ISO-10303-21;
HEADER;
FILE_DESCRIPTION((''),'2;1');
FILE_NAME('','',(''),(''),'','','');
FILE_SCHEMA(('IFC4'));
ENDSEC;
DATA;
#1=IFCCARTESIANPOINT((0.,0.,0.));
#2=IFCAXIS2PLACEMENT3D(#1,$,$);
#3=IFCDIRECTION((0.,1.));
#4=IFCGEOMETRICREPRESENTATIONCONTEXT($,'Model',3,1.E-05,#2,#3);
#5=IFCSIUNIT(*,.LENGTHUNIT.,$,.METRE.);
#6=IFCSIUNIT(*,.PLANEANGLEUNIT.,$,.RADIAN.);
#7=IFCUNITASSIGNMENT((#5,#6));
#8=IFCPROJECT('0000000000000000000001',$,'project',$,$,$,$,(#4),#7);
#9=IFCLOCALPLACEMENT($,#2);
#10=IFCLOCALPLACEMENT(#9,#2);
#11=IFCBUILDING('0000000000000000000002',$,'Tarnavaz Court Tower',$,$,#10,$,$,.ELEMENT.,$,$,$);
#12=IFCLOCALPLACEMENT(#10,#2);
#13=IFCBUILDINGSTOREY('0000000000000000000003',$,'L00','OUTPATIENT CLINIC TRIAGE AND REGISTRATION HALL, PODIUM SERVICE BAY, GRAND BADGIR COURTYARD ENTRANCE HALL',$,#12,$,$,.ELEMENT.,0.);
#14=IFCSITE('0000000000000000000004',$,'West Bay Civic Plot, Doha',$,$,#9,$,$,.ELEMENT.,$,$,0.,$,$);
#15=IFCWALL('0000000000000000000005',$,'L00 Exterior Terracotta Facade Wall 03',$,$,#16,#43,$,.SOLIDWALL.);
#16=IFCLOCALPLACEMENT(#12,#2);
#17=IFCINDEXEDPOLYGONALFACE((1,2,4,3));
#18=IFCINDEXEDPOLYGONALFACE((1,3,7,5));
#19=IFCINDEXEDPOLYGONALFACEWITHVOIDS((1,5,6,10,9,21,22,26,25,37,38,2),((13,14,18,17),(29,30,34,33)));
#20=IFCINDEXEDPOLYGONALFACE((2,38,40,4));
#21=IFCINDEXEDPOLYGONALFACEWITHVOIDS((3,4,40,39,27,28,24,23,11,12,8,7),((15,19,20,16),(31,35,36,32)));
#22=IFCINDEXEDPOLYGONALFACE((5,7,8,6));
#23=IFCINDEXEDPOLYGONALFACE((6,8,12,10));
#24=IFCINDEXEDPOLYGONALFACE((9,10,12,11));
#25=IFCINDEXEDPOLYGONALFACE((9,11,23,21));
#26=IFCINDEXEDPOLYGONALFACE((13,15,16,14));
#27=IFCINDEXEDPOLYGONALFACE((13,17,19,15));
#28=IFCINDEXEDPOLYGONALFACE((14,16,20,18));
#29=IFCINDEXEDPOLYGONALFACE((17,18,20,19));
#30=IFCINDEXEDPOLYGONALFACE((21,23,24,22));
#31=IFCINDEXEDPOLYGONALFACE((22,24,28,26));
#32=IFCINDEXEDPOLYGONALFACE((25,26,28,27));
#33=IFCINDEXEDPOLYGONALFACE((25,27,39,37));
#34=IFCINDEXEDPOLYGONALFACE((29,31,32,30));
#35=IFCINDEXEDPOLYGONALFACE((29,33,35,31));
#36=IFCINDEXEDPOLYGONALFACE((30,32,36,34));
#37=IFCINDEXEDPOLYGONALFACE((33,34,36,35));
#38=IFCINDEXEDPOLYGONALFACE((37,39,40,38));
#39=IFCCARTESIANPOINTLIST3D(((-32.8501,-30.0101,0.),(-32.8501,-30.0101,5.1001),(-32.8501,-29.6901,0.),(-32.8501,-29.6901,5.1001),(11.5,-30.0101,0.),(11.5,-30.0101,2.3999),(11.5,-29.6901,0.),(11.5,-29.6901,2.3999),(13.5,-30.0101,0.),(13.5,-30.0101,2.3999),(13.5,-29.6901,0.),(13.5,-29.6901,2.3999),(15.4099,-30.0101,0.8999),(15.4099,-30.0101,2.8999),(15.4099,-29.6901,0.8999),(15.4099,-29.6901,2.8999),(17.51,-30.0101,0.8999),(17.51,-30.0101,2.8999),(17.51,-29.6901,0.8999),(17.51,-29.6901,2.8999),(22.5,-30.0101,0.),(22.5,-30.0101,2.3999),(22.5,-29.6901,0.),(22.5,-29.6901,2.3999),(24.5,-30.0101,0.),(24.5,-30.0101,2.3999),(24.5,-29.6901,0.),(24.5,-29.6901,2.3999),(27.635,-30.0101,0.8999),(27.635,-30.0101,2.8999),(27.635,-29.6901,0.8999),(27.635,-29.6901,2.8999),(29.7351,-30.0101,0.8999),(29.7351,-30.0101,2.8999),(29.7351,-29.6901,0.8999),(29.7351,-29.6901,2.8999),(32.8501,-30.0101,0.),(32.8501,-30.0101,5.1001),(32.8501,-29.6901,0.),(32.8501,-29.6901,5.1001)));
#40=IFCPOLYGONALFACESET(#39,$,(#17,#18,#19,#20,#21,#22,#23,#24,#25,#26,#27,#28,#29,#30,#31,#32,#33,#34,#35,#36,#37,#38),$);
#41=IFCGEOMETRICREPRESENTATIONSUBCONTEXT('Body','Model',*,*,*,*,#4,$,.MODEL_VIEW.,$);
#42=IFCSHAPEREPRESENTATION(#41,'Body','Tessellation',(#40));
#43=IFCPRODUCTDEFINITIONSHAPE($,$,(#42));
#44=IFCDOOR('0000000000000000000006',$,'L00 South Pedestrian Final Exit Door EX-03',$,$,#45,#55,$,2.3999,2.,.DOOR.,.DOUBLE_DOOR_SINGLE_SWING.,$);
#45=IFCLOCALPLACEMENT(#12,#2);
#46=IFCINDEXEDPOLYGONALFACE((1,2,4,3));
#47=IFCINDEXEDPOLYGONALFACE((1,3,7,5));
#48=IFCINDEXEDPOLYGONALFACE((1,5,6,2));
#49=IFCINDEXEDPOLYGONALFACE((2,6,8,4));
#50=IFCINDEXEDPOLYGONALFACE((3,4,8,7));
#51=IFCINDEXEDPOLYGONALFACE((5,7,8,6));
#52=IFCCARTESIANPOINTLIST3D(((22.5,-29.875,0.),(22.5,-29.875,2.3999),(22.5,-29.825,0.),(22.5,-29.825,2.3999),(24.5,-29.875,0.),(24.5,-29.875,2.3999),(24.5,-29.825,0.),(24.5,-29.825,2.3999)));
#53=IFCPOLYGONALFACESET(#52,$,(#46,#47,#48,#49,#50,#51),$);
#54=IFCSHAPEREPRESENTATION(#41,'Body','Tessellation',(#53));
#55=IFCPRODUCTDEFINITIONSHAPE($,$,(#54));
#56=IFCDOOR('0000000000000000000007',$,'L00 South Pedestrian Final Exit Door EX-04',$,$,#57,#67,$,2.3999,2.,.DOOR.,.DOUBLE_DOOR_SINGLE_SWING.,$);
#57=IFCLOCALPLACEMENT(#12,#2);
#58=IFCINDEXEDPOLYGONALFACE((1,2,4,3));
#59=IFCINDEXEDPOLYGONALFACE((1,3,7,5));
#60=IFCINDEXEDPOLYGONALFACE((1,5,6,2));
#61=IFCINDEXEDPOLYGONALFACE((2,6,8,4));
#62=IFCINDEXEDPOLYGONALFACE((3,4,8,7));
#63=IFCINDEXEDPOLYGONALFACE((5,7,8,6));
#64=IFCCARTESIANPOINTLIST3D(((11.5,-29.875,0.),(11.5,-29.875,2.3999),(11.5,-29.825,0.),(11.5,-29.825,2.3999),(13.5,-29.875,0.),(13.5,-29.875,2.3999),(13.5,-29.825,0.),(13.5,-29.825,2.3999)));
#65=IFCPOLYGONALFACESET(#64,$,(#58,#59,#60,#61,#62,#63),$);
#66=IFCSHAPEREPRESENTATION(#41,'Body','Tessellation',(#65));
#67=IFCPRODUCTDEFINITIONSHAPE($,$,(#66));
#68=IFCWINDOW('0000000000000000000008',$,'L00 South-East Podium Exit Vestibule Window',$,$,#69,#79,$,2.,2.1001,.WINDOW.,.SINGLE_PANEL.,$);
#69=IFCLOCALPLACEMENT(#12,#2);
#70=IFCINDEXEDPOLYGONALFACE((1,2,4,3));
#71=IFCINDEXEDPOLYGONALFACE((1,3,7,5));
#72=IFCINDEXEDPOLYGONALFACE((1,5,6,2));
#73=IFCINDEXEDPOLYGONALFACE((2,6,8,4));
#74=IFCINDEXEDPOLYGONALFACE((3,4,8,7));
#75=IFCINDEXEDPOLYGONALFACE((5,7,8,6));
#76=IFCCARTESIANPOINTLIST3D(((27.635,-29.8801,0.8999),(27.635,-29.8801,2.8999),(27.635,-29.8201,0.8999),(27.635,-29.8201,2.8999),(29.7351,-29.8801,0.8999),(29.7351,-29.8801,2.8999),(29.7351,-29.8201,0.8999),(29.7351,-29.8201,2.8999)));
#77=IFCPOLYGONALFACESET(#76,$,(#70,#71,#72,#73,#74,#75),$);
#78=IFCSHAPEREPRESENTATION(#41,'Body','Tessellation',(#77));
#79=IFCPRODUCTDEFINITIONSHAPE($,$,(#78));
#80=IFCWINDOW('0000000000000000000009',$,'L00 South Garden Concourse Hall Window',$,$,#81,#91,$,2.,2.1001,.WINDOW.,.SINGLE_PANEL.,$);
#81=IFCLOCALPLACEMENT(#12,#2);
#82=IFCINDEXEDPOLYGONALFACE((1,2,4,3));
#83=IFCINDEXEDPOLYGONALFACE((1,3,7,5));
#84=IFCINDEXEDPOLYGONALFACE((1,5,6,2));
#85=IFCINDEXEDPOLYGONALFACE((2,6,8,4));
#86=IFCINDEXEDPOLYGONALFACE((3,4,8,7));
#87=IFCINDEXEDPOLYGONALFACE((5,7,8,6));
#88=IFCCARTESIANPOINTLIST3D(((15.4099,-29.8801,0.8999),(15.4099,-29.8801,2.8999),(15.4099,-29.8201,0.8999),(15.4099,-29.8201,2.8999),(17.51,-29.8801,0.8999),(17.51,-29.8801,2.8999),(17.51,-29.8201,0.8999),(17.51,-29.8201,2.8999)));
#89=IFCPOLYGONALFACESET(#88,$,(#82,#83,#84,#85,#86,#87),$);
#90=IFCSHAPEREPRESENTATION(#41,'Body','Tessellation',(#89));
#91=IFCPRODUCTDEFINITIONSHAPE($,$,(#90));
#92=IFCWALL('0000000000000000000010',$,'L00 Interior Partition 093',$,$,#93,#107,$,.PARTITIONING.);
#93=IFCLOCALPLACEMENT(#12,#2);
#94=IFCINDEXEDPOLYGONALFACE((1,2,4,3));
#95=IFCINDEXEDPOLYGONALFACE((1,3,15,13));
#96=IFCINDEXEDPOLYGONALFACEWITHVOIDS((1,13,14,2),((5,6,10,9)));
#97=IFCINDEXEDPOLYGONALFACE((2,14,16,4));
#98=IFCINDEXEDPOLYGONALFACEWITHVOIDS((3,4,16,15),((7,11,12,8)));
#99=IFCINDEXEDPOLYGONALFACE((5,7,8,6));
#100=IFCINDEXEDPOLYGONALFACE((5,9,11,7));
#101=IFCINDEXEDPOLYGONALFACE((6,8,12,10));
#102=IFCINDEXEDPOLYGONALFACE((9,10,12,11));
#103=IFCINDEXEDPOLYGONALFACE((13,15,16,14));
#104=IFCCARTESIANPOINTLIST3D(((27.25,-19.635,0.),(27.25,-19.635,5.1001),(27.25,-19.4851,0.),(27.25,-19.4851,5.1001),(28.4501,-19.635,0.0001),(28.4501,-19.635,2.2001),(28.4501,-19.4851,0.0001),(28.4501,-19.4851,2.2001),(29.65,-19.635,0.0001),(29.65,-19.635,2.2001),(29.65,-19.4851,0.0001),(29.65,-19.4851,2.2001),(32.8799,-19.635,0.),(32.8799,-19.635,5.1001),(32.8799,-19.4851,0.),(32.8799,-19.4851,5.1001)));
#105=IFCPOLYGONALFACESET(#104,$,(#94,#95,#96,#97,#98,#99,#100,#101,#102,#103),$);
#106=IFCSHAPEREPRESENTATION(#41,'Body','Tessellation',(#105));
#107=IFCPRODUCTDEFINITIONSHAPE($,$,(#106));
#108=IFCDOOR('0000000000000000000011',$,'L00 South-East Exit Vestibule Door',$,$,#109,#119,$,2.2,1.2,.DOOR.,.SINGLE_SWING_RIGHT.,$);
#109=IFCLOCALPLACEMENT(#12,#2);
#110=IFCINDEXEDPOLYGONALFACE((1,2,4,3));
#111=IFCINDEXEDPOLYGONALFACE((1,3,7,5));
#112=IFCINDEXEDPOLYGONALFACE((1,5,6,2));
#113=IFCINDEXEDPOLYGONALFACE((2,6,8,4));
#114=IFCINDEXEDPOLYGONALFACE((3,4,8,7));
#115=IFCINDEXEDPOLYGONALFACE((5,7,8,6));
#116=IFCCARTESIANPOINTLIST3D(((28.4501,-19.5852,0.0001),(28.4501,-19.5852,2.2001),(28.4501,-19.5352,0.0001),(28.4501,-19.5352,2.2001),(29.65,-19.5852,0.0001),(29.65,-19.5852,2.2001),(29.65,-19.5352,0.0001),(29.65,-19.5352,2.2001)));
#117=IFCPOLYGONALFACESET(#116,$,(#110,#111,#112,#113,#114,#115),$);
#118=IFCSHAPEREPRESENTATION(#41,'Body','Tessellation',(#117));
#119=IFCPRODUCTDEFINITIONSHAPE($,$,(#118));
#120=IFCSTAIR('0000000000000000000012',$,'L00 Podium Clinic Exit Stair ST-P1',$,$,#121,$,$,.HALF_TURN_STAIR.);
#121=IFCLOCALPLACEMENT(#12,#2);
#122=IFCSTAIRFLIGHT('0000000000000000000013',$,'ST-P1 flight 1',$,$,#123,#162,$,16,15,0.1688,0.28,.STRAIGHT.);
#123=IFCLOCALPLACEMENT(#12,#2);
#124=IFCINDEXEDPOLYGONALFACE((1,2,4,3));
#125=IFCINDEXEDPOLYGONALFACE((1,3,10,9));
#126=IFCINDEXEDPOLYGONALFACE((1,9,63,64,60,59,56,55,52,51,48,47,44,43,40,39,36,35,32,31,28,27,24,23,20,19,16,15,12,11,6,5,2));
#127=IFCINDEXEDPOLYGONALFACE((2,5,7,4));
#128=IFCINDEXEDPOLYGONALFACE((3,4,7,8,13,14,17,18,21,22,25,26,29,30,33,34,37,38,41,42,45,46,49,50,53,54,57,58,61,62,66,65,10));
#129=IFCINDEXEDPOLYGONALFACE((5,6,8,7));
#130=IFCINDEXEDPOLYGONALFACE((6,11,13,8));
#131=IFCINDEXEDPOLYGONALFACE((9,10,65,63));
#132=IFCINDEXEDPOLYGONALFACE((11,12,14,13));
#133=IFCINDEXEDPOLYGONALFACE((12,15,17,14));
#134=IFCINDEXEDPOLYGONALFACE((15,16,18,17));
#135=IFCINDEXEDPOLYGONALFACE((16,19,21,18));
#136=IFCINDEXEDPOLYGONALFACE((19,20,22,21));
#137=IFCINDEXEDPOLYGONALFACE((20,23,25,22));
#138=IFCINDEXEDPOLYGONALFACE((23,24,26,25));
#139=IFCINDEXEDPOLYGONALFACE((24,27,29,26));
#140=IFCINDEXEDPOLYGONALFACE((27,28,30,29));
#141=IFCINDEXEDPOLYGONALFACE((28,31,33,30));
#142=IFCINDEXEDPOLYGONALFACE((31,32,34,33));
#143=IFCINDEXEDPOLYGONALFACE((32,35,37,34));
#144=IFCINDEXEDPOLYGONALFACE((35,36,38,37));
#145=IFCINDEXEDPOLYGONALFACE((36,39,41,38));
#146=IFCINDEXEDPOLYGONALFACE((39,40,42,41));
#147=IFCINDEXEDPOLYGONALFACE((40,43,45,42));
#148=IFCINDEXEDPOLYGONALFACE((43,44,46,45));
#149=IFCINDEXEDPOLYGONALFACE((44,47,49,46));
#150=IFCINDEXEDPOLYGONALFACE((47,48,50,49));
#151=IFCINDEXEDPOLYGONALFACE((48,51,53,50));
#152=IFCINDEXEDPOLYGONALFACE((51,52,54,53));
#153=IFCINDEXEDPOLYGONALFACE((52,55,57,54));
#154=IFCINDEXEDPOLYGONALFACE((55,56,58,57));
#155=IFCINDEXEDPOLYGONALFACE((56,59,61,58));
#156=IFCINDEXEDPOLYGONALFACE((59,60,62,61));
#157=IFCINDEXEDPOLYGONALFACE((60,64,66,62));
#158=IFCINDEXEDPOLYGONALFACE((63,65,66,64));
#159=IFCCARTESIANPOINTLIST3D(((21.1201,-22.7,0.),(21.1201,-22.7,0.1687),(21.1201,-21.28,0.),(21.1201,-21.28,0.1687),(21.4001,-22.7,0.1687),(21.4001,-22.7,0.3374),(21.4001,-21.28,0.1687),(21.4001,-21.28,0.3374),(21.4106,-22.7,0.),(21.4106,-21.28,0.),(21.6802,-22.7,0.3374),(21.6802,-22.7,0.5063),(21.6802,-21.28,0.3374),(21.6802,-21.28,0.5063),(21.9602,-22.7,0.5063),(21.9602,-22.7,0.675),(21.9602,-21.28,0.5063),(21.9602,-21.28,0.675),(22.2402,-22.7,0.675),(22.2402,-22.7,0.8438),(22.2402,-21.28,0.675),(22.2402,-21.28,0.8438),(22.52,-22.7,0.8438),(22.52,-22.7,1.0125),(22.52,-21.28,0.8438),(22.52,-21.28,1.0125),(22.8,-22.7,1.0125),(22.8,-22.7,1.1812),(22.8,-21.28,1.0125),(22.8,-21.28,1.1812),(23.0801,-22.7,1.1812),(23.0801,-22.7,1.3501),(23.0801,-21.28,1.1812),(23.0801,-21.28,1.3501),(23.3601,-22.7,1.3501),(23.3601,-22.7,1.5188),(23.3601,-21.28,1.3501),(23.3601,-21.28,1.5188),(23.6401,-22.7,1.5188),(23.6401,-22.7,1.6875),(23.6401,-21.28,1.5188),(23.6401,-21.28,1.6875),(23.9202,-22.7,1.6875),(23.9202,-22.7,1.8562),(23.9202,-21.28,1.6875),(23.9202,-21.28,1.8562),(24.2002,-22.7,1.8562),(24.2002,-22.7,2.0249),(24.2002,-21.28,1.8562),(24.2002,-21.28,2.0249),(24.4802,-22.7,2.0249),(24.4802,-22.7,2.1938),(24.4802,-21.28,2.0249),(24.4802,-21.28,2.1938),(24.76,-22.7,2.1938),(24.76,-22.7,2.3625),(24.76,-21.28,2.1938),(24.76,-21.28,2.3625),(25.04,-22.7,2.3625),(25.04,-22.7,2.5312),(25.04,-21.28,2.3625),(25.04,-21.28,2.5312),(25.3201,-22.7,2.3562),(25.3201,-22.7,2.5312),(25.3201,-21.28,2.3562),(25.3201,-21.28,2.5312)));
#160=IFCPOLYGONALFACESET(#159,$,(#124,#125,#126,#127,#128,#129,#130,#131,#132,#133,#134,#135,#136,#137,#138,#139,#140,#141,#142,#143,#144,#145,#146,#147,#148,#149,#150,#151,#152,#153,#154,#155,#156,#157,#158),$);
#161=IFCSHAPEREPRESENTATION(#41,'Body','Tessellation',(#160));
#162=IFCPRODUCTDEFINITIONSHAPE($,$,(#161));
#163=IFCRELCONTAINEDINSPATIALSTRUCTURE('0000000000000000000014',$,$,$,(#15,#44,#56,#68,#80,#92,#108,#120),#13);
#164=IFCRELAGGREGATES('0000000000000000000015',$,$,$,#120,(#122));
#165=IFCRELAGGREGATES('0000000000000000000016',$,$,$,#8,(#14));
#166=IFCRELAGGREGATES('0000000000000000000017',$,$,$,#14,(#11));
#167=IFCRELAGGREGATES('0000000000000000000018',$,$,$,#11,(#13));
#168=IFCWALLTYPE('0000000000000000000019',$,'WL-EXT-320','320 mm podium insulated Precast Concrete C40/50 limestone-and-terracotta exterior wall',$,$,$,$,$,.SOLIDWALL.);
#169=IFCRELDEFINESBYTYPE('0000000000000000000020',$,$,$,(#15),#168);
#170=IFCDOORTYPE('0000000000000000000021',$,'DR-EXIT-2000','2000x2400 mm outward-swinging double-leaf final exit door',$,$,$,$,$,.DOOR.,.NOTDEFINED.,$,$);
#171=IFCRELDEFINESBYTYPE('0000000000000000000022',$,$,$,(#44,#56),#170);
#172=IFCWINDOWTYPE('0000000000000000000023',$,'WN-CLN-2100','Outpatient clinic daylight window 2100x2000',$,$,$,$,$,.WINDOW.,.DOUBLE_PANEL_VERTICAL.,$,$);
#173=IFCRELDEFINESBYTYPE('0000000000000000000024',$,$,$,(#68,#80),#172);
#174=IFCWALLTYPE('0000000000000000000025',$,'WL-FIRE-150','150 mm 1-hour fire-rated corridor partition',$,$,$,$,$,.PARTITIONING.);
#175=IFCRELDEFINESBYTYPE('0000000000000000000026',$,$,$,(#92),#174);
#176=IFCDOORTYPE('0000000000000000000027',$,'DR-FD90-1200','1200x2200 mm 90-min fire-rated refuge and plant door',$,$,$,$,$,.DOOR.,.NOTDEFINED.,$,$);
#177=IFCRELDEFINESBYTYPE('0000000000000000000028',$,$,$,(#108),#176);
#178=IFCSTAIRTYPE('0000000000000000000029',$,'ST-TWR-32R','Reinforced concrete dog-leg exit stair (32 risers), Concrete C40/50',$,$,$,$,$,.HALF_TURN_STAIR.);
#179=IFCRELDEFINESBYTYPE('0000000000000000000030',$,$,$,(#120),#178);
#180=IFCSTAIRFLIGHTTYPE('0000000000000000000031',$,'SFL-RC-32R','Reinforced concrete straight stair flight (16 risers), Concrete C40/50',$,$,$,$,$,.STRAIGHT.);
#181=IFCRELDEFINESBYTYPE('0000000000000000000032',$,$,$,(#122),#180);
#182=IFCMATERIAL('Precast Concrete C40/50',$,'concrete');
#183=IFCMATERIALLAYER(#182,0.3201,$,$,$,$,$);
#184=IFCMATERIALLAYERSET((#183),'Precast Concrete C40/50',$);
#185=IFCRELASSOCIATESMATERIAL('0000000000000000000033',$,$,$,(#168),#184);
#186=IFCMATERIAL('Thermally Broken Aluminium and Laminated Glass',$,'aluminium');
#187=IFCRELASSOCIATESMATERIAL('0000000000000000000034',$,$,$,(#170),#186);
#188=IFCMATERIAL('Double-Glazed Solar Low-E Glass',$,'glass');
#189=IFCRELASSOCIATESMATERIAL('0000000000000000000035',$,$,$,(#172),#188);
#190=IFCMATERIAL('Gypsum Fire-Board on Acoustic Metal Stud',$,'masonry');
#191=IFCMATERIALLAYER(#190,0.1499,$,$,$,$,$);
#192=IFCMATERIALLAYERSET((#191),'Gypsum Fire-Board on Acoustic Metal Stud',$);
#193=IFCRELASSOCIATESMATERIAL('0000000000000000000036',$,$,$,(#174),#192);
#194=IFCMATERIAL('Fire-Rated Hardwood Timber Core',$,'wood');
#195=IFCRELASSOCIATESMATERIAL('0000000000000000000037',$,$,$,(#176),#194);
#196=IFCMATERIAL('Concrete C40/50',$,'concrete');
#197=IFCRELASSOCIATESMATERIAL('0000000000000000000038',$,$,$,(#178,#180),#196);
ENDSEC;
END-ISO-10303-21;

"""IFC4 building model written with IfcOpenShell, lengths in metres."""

from ifc_helpers import new_model, si_unit, direction, frame, frame_2d, origin, place, context, subcontext, project, spatial, polyline, rectangle, outline, extrude, material, layer, layer_set, type_object, element, fill, aggregate, save


model = new_model("IFC4")

# Units and contexts
model_context = context("Model", 3, precision=1e-05, world=origin(), true_north=direction((0.0, 1.0)))
body_context = subcontext(model_context, "Body", "Model", "MODEL_VIEW")
ifc_project = project(units=[si_unit("LENGTHUNIT", "METRE"), si_unit("PLANEANGLEUNIT", "RADIAN")], contexts=[model_context])

# Site, building, storey
site_placement = place(None, origin())
site = spatial("IfcSite", under=ifc_project, at=site_placement, Name="West Bay Civic Plot, Doha", CompositionType="ELEMENT", RefElevation=0.0)
building_placement = place(site_placement, origin())
building = spatial("IfcBuilding", under=site, at=building_placement, Name="Tarnavaz Court Tower", CompositionType="ELEMENT")
storey_placement = place(building_placement, origin())
storey = spatial("IfcBuildingStorey", under=building, at=storey_placement, Name="L00", Description="OUTPATIENT CLINIC TRIAGE AND REGISTRATION HALL, PODIUM SERVICE BAY, GRAND BADGIR COURTYARD ENTRANCE HALL", CompositionType="ELEMENT", Elevation=0.0)

# Wall, openings, doors, windows
ifc_material_1 = material(Name="Precast Concrete C40/50", Category="concrete")
ifc_layer_1 = layer(ifc_material_1, 0.3201)
ifc_layer_set_1 = layer_set([ifc_layer_1], Name="Precast Concrete C40/50")
wall_type_1 = type_object("IfcWallType", Name="WL-EXT-320", Description="320 mm podium insulated Precast Concrete C40/50 limestone-and-terracotta exterior wall", PredefinedType="SOLIDWALL", material=ifc_layer_set_1)
wall_1_placement = place(storey_placement, frame((32.8501, -29.8501, 0.0), z_axis=(0.0, 0.0, 1.0), x_axis=(-1.0, 0.0, 0.0)))
wall_1 = element("IfcWall", 1, at=wall_1_placement, inside=storey, type_object=wall_type_1, Name="L00 Exterior Terracotta Facade Wall 03", PredefinedType="SOLIDWALL", context=body_context, shape_type="SweptSolid", body=[
    extrude(rectangle(XDim=65.7002, YDim=0.3201, at=frame_2d((32.8501, 0.0))), origin(), (0.0, 0.0, 1.0), 5.1001),
])
opening_1_placement = place(wall_1_placement, frame((8.3501, 0.0, 0.0)))
opening_1 = element("IfcOpeningElement", 2, at=opening_1_placement, cuts=wall_1, PredefinedType="OPENING", context=body_context, shape_type="SweptSolid", body=[
    extrude(rectangle(XDim=2.0, YDim=2.3999, at=frame_2d((1.0, 1.2))), frame((0.0, 0.1699, 0.0), z_axis=(0.0, -1.0, 0.0), x_axis=(1.0, 0.0, 0.0)), (0.0, 0.0, 1.0), 0.3401),
])
opening_2_placement = place(wall_1_placement, frame((19.3501, 0.0, 0.0)))
opening_2 = element("IfcOpeningElement", 3, at=opening_2_placement, cuts=wall_1, PredefinedType="OPENING", context=body_context, shape_type="SweptSolid", body=[
    extrude(rectangle(XDim=2.0, YDim=2.3999, at=frame_2d((1.0, 1.2))), frame((0.0, 0.1699, 0.0), z_axis=(0.0, -1.0, 0.0), x_axis=(1.0, 0.0, 0.0)), (0.0, 0.0, 1.0), 0.3401),
])
opening_3_placement = place(wall_1_placement, frame((3.115, 0.0, 0.8999)))
opening_3 = element("IfcOpeningElement", 4, at=opening_3_placement, cuts=wall_1, PredefinedType="OPENING", context=body_context, shape_type="SweptSolid", body=[
    extrude(rectangle(XDim=2.1001, YDim=2.0, at=frame_2d((1.05, 1.0))), frame((0.0, 0.1699, 0.0), z_axis=(0.0, -1.0, 0.0), x_axis=(1.0, 0.0, 0.0)), (0.0, 0.0, 1.0), 0.3401),
])
opening_4_placement = place(wall_1_placement, frame((15.3401, 0.0, 0.8999)))
opening_4 = element("IfcOpeningElement", 5, at=opening_4_placement, cuts=wall_1, PredefinedType="OPENING", context=body_context, shape_type="SweptSolid", body=[
    extrude(rectangle(XDim=2.1001, YDim=2.0, at=frame_2d((1.05, 1.0))), frame((0.0, 0.1699, 0.0), z_axis=(0.0, -1.0, 0.0), x_axis=(1.0, 0.0, 0.0)), (0.0, 0.0, 1.0), 0.3401),
])
ifc_material_2 = material(Name="Thermally Broken Aluminium and Laminated Glass", Category="aluminium")
door_type_1 = type_object("IfcDoorType", Name="DR-EXIT-2000", Description="2000x2400 mm outward-swinging double-leaf final exit door", OperationType="NOTDEFINED", PredefinedType="DOOR", material=ifc_material_2)
door_1_placement = place(opening_1_placement, origin())
door_1 = element("IfcDoor", 6, at=door_1_placement, inside=storey, type_object=door_type_1, Name="L00 South Pedestrian Final Exit Door EX-03", OperationType="DOUBLE_DOOR_SINGLE_SWING", OverallHeight=2.3999, OverallWidth=2.0, PredefinedType="DOOR", context=body_context, shape_type="SweptSolid", body=[
    extrude(rectangle(XDim=2.0, YDim=2.3999, at=frame_2d((1.0, 1.2))), frame((0.0, 0.0249, 0.0), z_axis=(0.0, -1.0, 0.0), x_axis=(1.0, 0.0, 0.0)), (0.0, 0.0, 1.0), 0.05),
])
fill(opening_1, door_1)
door_2_placement = place(opening_2_placement, origin())
door_2 = element("IfcDoor", 7, at=door_2_placement, inside=storey, type_object=door_type_1, Name="L00 South Pedestrian Final Exit Door EX-04", OperationType="DOUBLE_DOOR_SINGLE_SWING", OverallHeight=2.3999, OverallWidth=2.0, PredefinedType="DOOR", context=body_context, shape_type="SweptSolid", body=[
    extrude(rectangle(XDim=2.0, YDim=2.3999, at=frame_2d((1.0, 1.2))), frame((0.0, 0.0249, 0.0), z_axis=(0.0, -1.0, 0.0), x_axis=(1.0, 0.0, 0.0)), (0.0, 0.0, 1.0), 0.05),
])
fill(opening_2, door_2)
ifc_material_3 = material(Name="Double-Glazed Solar Low-E Glass", Category="glass")
window_type = type_object("IfcWindowType", Name="WN-CLN-2100", Description="Outpatient clinic daylight window 2100x2000", PartitioningType="DOUBLE_PANEL_VERTICAL", PredefinedType="WINDOW", material=ifc_material_3)
window_1_placement = place(opening_3_placement, origin())
window_1 = element("IfcWindow", 8, at=window_1_placement, inside=storey, type_object=window_type, Name="L00 South-East Podium Exit Vestibule Window", OverallHeight=2.0, OverallWidth=2.1001, PartitioningType="SINGLE_PANEL", PredefinedType="WINDOW", context=body_context, shape_type="SweptSolid", body=[
    extrude(rectangle(XDim=2.1001, YDim=2.0, at=frame_2d((1.05, 1.0))), frame((0.0, 0.03, 0.0), z_axis=(0.0, -1.0, 0.0), x_axis=(1.0, 0.0, 0.0)), (0.0, 0.0, 1.0), 0.0601),
])
fill(opening_3, window_1)
window_2_placement = place(opening_4_placement, origin())
window_2 = element("IfcWindow", 9, at=window_2_placement, inside=storey, type_object=window_type, Name="L00 South Garden Concourse Hall Window", OverallHeight=2.0, OverallWidth=2.1001, PartitioningType="SINGLE_PANEL", PredefinedType="WINDOW", context=body_context, shape_type="SweptSolid", body=[
    extrude(rectangle(XDim=2.1001, YDim=2.0, at=frame_2d((1.05, 1.0))), frame((0.0, 0.03, 0.0), z_axis=(0.0, -1.0, 0.0), x_axis=(1.0, 0.0, 0.0)), (0.0, 0.0, 1.0), 0.0601),
])
fill(opening_4, window_2)

# Wall, opening, door
ifc_material_4 = material(Name="Gypsum Fire-Board on Acoustic Metal Stud", Category="masonry")
ifc_layer_2 = layer(ifc_material_4, 0.1499)
ifc_layer_set_2 = layer_set([ifc_layer_2], Name="Gypsum Fire-Board on Acoustic Metal Stud")
wall_type_2 = type_object("IfcWallType", Name="WL-FIRE-150", Description="150 mm 1-hour fire-rated corridor partition", PredefinedType="PARTITIONING", material=ifc_layer_set_2)
wall_2_placement = place(storey_placement, frame((27.25, -19.5601, 0.0), z_axis=(0.0, 0.0, 1.0), x_axis=(1.0, 0.0, 0.0)))
wall_2 = element("IfcWall", 10, at=wall_2_placement, inside=storey, type_object=wall_type_2, Name="L00 Interior Partition 093", PredefinedType="PARTITIONING", context=body_context, shape_type="SweptSolid", body=[
    extrude(rectangle(XDim=5.6299, YDim=0.1499, at=frame_2d((2.8149, 0.0))), origin(), (0.0, 0.0, 1.0), 5.1001),
])
opening_5_placement = place(wall_2_placement, frame((1.2, 0.0, 0.0)))
opening_5 = element("IfcOpeningElement", 11, at=opening_5_placement, cuts=wall_2, PredefinedType="OPENING", context=body_context, shape_type="SweptSolid", body=[
    extrude(rectangle(XDim=1.2, YDim=2.2, at=frame_2d((0.6001, 1.1001))), frame((0.0, 0.085, 0.0), z_axis=(0.0, -1.0, 0.0), x_axis=(1.0, 0.0, 0.0)), (0.0, 0.0, 1.0), 0.1699),
])
ifc_material_5 = material(Name="Fire-Rated Hardwood Timber Core", Category="wood")
door_type_2 = type_object("IfcDoorType", Name="DR-FD90-1200", Description="1200x2200 mm 90-min fire-rated refuge and plant door", OperationType="NOTDEFINED", PredefinedType="DOOR", material=ifc_material_5)
door_3_placement = place(opening_5_placement, origin())
door_3 = element("IfcDoor", 12, at=door_3_placement, inside=storey, type_object=door_type_2, Name="L00 South-East Exit Vestibule Door", OperationType="SINGLE_SWING_RIGHT", OverallHeight=2.2, OverallWidth=1.2, PredefinedType="DOOR", context=body_context, shape_type="SweptSolid", body=[
    extrude(rectangle(XDim=1.2, YDim=2.2, at=frame_2d((0.6001, 1.1001))), frame((0.0, 0.0249, 0.0), z_axis=(0.0, -1.0, 0.0), x_axis=(1.0, 0.0, 0.0)), (0.0, 0.0, 1.0), 0.05),
])
fill(opening_5, door_3)

# Stair, stair flight
ifc_material_6 = material(Name="Concrete C40/50", Category="concrete")
stair_type = type_object("IfcStairType", Name="ST-TWR-32R", Description="Reinforced concrete dog-leg exit stair (32 risers), Concrete C40/50", PredefinedType="HALF_TURN_STAIR", material=ifc_material_6)
stair_placement = place(storey_placement, origin())
stair = element("IfcStair", 13, at=stair_placement, inside=storey, type_object=stair_type, Name="L00 Podium Clinic Exit Stair ST-P1", PredefinedType="HALF_TURN_STAIR")
stair_flight_type = type_object("IfcStairFlightType", Name="SFL-RC-32R", Description="Reinforced concrete straight stair flight (16 risers), Concrete C40/50", PredefinedType="STRAIGHT", material=ifc_material_6)
stair_flight_1_placement = place(storey_placement, frame((21.1201, -21.99, 0.0), z_axis=(0.0, 0.0, 1.0), x_axis=(1.0, 0.0, 0.0)))
stair_flight_1 = element("IfcStairFlight", 14, at=stair_flight_1_placement, type_object=stair_flight_type, Name="ST-P1 flight 1", NumberOfRisers=16, NumberOfTreads=15, PredefinedType="STRAIGHT", RiserHeight=0.1688, TreadLength=0.28, context=body_context, shape_type="SweptSolid", body=[
    extrude(outline(polyline([(0.0, 0.0), (0.0, 0.1687), (0.28, 0.1687), (0.28, 0.3374), (0.5601, 0.3374), (0.5601, 0.5063), (0.8401, 0.5063), (0.8401, 0.675), (1.1201, 0.675), (1.1201, 0.8438), (1.3999, 0.8438), (1.3999, 1.0125), (1.6799, 1.0125), (1.6799, 1.1812), (1.96, 1.1812), (1.96, 1.3501), (2.24, 1.3501), (2.24, 1.5188), (2.52, 1.5188), (2.52, 1.6875), (2.8, 1.6875), (2.8, 1.8562), (3.0801, 1.8562), (3.0801, 2.0249), (3.3601, 2.0249), (3.3601, 2.1938), (3.6399, 2.1938), (3.6399, 2.3625), (3.9199, 2.3625), (3.9199, 2.5312), (4.2, 2.5312), (4.2, 2.7), (4.2, 2.3562), (0.2905, 0.0), (0.0, 0.0)])), frame((0.0, 0.71, 0.0), z_axis=(0.0, -1.0, 0.0), x_axis=(1.0, 0.0, 0.0)), (0.0, 0.0, 1.0), 1.4199),
])
aggregate(stair, [stair_flight_1])

save(model, "model.ifc")
